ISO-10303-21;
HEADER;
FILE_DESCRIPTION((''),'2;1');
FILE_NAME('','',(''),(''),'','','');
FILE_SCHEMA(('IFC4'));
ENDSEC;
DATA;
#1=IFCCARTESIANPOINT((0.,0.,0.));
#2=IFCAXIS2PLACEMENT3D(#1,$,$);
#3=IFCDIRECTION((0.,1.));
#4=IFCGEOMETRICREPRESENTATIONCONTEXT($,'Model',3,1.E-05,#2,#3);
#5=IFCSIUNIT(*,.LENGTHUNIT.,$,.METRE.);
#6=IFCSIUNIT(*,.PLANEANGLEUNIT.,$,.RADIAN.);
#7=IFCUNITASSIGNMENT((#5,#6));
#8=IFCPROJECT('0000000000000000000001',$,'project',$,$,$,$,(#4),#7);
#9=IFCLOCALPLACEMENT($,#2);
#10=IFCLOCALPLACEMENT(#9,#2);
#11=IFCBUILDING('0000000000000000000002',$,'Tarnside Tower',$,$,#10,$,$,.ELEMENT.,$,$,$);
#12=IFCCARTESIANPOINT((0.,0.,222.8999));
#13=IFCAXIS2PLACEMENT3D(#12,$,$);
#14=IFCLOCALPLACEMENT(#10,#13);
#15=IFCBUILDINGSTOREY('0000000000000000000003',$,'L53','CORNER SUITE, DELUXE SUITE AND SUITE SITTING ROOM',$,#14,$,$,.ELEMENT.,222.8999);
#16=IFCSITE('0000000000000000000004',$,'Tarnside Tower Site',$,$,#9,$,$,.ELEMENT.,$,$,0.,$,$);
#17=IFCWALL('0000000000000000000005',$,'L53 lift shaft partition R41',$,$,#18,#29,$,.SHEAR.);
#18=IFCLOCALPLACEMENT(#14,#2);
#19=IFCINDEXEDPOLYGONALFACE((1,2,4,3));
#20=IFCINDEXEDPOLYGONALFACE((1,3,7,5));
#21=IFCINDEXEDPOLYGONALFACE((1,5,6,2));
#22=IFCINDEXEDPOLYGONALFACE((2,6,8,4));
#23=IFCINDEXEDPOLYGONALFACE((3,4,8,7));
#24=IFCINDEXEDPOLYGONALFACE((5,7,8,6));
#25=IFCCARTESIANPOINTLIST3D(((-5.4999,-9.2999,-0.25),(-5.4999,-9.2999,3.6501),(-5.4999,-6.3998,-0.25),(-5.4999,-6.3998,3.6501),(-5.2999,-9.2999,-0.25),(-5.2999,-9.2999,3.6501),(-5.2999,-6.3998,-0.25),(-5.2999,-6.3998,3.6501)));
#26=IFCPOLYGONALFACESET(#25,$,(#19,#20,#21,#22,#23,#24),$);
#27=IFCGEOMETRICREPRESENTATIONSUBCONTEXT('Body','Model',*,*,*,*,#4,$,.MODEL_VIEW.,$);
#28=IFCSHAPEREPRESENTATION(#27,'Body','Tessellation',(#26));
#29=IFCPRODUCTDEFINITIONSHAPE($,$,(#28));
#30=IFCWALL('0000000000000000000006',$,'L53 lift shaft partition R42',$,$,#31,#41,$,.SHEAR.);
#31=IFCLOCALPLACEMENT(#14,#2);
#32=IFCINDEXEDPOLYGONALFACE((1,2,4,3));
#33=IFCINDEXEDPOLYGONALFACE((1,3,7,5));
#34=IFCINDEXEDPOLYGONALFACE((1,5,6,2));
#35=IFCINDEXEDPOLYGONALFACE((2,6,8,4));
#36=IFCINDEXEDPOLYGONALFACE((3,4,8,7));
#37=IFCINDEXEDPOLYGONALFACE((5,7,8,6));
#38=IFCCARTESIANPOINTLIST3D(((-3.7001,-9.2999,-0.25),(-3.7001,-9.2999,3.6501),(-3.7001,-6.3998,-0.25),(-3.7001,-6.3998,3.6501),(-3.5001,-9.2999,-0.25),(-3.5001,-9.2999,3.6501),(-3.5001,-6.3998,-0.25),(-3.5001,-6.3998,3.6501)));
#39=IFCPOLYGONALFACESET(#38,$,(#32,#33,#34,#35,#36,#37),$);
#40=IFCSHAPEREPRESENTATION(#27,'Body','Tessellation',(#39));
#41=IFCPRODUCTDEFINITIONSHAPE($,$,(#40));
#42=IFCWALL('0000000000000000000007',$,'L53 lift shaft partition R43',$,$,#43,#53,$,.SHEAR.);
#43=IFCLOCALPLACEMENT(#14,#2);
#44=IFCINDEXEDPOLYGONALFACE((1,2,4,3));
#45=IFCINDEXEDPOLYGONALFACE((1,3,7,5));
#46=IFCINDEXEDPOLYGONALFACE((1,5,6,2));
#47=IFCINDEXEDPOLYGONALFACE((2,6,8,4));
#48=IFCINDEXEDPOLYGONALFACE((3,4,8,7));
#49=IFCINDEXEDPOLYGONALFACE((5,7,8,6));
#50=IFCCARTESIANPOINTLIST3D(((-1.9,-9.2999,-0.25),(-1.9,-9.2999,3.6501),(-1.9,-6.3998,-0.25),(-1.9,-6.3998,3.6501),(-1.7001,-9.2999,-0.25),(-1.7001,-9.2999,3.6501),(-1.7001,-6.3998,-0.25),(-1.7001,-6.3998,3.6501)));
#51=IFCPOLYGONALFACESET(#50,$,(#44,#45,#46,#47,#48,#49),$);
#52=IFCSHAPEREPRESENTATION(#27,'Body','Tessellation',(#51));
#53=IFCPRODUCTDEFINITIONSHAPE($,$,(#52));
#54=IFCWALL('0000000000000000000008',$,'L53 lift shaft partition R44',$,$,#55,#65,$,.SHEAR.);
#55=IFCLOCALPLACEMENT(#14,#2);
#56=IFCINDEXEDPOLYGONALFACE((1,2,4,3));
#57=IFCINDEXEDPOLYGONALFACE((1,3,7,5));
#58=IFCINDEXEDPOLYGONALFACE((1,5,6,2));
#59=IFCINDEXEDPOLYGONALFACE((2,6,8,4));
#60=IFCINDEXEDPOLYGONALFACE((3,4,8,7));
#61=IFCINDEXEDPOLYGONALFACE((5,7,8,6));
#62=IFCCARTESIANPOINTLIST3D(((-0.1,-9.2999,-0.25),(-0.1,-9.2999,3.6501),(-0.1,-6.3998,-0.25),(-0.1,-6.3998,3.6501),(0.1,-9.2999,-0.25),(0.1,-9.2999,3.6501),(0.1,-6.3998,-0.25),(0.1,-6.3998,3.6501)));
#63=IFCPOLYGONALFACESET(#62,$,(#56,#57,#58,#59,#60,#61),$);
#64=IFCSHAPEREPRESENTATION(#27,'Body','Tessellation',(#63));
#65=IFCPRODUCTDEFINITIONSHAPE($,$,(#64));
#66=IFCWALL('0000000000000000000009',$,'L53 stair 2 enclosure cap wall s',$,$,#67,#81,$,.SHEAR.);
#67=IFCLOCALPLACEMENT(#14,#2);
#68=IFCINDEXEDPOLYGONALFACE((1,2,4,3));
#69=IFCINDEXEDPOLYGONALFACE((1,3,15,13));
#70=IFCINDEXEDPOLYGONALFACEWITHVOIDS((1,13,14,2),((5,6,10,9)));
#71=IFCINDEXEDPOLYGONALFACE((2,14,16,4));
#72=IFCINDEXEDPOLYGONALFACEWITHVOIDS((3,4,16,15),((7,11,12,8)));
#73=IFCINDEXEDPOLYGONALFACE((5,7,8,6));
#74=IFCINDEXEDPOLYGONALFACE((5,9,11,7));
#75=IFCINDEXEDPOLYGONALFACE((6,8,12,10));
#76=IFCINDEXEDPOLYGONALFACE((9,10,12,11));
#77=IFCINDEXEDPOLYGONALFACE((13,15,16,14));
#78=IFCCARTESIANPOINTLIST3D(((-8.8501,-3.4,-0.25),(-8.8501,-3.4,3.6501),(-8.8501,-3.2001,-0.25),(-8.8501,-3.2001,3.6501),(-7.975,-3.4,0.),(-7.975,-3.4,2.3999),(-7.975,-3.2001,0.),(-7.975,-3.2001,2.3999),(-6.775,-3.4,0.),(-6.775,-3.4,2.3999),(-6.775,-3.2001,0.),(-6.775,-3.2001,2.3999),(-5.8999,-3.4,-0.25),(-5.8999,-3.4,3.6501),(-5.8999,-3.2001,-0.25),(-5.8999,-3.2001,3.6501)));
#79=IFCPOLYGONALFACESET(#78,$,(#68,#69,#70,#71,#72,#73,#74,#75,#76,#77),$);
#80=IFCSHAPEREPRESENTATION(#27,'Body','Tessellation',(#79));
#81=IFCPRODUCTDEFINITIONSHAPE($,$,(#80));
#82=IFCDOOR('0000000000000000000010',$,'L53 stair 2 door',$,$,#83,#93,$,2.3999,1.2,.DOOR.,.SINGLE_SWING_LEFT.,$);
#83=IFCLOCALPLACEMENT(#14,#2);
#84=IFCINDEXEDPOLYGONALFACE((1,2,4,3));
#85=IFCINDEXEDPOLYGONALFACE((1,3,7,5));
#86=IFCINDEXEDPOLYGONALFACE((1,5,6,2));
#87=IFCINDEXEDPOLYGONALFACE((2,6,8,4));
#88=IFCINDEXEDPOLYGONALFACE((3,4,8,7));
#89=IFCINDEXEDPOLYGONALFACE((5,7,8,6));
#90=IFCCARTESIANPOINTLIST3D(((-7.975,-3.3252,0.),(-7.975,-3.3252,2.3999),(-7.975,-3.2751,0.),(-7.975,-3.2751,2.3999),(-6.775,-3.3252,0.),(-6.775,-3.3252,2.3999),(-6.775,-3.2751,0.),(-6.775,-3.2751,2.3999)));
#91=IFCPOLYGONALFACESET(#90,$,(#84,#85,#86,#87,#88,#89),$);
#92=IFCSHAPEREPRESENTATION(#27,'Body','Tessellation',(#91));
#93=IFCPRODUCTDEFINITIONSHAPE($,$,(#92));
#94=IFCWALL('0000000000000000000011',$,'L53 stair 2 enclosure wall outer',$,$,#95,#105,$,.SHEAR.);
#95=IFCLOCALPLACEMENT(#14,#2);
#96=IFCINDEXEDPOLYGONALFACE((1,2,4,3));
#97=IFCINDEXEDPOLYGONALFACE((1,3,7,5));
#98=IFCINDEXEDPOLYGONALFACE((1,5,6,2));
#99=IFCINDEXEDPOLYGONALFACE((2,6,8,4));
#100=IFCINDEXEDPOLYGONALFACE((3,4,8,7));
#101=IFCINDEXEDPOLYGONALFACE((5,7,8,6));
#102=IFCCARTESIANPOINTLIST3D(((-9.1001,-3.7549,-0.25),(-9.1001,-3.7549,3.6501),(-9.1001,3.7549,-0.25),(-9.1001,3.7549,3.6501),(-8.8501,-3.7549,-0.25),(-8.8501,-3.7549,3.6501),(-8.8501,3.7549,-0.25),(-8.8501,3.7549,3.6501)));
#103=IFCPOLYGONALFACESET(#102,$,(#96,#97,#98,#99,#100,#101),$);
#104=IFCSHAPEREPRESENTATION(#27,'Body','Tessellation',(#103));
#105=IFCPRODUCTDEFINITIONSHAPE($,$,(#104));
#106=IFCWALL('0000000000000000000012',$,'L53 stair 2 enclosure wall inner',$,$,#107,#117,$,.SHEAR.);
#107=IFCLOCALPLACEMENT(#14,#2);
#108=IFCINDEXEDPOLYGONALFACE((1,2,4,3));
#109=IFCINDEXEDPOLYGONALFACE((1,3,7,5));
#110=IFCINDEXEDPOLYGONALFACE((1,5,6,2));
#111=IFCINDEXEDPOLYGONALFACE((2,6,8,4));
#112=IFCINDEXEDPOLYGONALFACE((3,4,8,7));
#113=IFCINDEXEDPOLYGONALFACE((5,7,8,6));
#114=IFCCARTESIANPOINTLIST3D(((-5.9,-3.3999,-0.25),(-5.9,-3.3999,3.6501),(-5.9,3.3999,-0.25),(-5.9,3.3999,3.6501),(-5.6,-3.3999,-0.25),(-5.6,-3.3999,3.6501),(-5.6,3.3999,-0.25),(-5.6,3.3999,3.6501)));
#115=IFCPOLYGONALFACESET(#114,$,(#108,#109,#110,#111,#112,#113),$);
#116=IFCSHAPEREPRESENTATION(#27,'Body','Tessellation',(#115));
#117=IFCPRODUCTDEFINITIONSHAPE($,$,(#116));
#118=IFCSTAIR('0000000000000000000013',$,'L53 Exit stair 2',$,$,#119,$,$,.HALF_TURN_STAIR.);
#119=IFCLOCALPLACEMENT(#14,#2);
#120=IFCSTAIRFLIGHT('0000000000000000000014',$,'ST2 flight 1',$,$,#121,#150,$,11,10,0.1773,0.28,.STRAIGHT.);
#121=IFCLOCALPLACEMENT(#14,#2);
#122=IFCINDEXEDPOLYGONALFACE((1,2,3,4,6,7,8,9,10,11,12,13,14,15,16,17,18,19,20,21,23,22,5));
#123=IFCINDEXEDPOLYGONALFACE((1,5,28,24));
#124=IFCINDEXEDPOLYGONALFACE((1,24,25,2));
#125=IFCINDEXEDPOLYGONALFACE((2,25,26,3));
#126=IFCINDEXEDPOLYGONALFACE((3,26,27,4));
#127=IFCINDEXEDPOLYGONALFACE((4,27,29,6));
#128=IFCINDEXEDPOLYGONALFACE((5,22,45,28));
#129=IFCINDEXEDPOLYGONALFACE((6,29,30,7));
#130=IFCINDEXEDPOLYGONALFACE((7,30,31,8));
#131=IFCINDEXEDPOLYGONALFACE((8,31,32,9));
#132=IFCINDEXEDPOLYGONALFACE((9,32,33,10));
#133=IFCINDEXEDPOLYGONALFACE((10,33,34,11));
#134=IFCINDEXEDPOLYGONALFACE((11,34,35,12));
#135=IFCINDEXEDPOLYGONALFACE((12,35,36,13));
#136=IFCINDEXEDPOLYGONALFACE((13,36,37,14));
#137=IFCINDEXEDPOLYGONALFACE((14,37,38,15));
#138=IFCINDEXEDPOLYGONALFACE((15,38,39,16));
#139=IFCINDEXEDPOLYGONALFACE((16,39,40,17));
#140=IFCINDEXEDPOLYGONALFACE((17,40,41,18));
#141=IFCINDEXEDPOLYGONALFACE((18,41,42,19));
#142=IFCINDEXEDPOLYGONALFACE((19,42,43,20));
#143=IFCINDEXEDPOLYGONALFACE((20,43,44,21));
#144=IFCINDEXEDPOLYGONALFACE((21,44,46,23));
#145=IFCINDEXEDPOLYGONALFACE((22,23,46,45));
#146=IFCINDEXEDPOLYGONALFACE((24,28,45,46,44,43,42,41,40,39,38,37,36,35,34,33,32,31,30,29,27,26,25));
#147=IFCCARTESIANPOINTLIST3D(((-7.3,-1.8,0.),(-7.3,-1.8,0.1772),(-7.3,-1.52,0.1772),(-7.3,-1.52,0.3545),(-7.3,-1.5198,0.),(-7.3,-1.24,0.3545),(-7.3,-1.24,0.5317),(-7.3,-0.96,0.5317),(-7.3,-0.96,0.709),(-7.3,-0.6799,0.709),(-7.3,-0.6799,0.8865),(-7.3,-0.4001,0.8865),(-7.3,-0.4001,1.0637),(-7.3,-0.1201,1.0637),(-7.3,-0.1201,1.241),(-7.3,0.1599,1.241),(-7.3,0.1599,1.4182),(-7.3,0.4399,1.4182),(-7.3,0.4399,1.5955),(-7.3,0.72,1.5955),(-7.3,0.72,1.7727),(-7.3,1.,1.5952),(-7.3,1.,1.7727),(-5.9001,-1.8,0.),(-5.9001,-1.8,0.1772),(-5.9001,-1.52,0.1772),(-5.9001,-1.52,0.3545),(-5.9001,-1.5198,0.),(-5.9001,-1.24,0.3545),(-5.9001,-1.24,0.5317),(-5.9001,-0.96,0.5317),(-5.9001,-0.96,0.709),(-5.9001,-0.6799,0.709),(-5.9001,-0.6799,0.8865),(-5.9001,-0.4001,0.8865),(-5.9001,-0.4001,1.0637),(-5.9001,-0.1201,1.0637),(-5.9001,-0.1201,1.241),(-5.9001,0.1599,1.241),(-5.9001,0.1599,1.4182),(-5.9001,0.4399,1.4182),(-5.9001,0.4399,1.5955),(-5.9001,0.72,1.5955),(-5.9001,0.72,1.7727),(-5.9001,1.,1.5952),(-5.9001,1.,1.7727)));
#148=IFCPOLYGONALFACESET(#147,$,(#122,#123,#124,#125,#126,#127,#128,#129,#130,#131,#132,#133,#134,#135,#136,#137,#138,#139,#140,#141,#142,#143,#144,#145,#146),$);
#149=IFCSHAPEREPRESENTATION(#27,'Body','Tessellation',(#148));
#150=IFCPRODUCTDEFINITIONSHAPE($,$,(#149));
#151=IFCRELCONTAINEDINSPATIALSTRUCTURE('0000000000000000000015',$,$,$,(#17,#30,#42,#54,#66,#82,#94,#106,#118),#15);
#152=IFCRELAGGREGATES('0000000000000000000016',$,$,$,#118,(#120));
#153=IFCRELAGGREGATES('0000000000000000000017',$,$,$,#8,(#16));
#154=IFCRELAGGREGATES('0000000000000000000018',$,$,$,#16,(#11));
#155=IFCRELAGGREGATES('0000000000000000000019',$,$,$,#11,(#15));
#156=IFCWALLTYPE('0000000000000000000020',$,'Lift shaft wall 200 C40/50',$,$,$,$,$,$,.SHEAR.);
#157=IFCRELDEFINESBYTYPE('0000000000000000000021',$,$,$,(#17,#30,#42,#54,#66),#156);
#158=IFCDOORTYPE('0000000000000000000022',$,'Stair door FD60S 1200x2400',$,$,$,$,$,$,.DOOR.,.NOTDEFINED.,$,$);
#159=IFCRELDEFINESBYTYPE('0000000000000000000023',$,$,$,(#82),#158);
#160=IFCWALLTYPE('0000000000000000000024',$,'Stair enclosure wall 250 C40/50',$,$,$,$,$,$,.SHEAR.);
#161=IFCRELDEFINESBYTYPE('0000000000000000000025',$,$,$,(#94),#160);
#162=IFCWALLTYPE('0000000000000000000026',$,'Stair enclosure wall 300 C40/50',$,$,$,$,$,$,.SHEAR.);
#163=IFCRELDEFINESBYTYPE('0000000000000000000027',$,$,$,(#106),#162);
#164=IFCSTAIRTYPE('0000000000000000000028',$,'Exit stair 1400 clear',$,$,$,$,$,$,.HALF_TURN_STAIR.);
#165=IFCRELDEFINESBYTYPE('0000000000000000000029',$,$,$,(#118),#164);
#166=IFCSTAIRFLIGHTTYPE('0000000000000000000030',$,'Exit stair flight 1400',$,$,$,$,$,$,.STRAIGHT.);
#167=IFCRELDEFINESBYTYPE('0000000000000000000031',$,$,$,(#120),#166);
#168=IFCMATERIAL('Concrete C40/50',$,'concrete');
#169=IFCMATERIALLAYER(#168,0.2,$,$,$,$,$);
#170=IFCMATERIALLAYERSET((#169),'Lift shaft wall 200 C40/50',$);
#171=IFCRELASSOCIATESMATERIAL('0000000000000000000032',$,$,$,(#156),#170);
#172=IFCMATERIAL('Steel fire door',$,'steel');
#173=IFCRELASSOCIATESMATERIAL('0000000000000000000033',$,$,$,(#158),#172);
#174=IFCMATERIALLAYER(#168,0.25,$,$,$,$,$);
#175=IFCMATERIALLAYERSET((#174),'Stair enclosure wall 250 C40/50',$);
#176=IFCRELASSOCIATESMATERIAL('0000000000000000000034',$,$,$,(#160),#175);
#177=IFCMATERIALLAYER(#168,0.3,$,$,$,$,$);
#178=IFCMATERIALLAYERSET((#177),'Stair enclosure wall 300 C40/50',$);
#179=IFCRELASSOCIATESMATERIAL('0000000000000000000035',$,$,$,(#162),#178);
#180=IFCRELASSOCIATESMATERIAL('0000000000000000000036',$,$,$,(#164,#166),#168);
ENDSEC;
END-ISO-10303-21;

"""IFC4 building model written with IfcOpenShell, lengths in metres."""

from ifc_helpers import new_model, si_unit, direction, frame, frame_2d, origin, place, context, subcontext, project, spatial, polyline, rectangle, outline, extrude, material, layer, layer_set, type_object, element, fill, aggregate, save


model = new_model("IFC4")

# Units and contexts
model_context = context("Model", 3, precision=1e-05, world=origin(), true_north=direction((0.0, 1.0)))
body_context = subcontext(model_context, "Body", "Model", "MODEL_VIEW")
ifc_project = project(units=[si_unit("LENGTHUNIT", "METRE"), si_unit("PLANEANGLEUNIT", "RADIAN")], contexts=[model_context])

# Site, building, storey
site_placement = place(None, origin())
site = spatial("IfcSite", under=ifc_project, at=site_placement, Name="Tarnside Tower Site", CompositionType="ELEMENT", RefElevation=0.0)
building_placement = place(site_placement, origin())
building = spatial("IfcBuilding", under=site, at=building_placement, Name="Tarnside Tower", CompositionType="ELEMENT")
storey_placement = place(building_placement, frame((0.0, 0.0, 222.8999)))
storey = spatial("IfcBuildingStorey", under=building, at=storey_placement, Name="L53", Description="CORNER SUITE, DELUXE SUITE AND SUITE SITTING ROOM", CompositionType="ELEMENT", Elevation=222.8999)

# Shared definitions
ifc_material_1 = material(Name="Steel fire door", Category="steel")

# Shared definitions
ifc_material_2 = material(Name="Concrete C40/50", Category="concrete")
ifc_layer_1 = layer(ifc_material_2, 0.2)
ifc_layer_set_1 = layer_set([ifc_layer_1], Name="Lift shaft wall 200 C40/50")
wall_type_1 = type_object("IfcWallType", Name="Lift shaft wall 200 C40/50", PredefinedType="SHEAR", material=ifc_layer_set_1)

# Walls
for number, where, z_axis, x_axis, name in (
    (1, (-5.3999, -9.3, -0.25), (0.0, 0.0, 1.0), (0.0, 1.0, 0.0), "L53 lift shaft partition R41"),
    (2, (-3.6001, -9.3, -0.25), (0.0, 0.0, 1.0), (0.0, 1.0, 0.0), "L53 lift shaft partition R42"),
    (3, (-1.8, -9.3, -0.25), (0.0, 0.0, 1.0), (0.0, 1.0, 0.0), "L53 lift shaft partition R43"),
    (4, (0.0, -9.3, -0.25), (0.0, 0.0, 1.0), (0.0, 1.0, 0.0), "L53 lift shaft partition R44"),
):
    element("IfcWall", number, at=place(storey_placement, frame(where, z_axis=z_axis, x_axis=x_axis)), inside=storey, type_object=wall_type_1, Name=name, PredefinedType="SHEAR", context=body_context, shape_type="SweptSolid", body=[
        extrude(rectangle(XDim=2.9001, YDim=0.2, at=frame_2d((1.4502, 0.0))), origin(), (0.0, 0.0, 1.0), 3.9001),
    ])

# Wall, opening, door
wall_1_placement = place(storey_placement, frame((-8.8501, -3.3, -0.25), z_axis=(0.0, 0.0, 1.0), x_axis=(1.0, 0.0, 0.0)))
wall_1 = element("IfcWall", 5, at=wall_1_placement, inside=storey, type_object=wall_type_1, Name="L53 stair 2 enclosure cap wall s", PredefinedType="SHEAR", context=body_context, shape_type="SweptSolid", body=[
    extrude(rectangle(XDim=2.9502, YDim=0.2, at=frame_2d((1.4751, 0.0))), origin(), (0.0, 0.0, 1.0), 3.9001),
])
opening_1_placement = place(wall_1_placement, frame((0.875, 0.0, 0.25)))
opening_1 = element("IfcOpeningElement", 6, at=opening_1_placement, cuts=wall_1, PredefinedType="OPENING", context=body_context, shape_type="SweptSolid", body=[
    extrude(rectangle(XDim=1.2, YDim=2.3999, at=frame_2d((0.6001, 1.2))), frame((0.0, 0.1099, 0.0), z_axis=(0.0, -1.0, 0.0), x_axis=(1.0, 0.0, 0.0)), (0.0, 0.0, 1.0), 0.22),
])
door_type_1 = type_object("IfcDoorType", Name="Stair door FD60S 1200x2400", OperationType="NOTDEFINED", PredefinedType="DOOR", material=ifc_material_1)
door_1_placement = place(opening_1_placement, origin())
door_1 = element("IfcDoor", 7, at=door_1_placement, inside=storey, type_object=door_type_1, Name="L53 stair 2 door", OperationType="SINGLE_SWING_LEFT", OverallHeight=2.3999, OverallWidth=1.2, PredefinedType="DOOR", context=body_context, shape_type="SweptSolid", body=[
    extrude(rectangle(XDim=1.2, YDim=2.3999, at=frame_2d((0.6001, 1.2))), frame((0.0, 0.0249, 0.0), z_axis=(0.0, -1.0, 0.0), x_axis=(1.0, 0.0, 0.0)), (0.0, 0.0, 1.0), 0.05),
])
fill(opening_1, door_1)

# Walls
ifc_layer_2 = layer(ifc_material_2, 0.25)
ifc_layer_set_2 = layer_set([ifc_layer_2], Name="Stair enclosure wall 250 C40/50")
wall_type_2 = type_object("IfcWallType", Name="Stair enclosure wall 250 C40/50", PredefinedType="SHEAR", material=ifc_layer_set_2)
wall_2_placement = place(storey_placement, frame((-8.9751, -3.7549, -0.25), z_axis=(0.0, 0.0, 1.0), x_axis=(0.0, 1.0, 0.0)))
element("IfcWall", 8, at=wall_2_placement, inside=storey, type_object=wall_type_2, Name="L53 stair 2 enclosure wall outer", PredefinedType="SHEAR", context=body_context, shape_type="SweptSolid", body=[
    extrude(rectangle(XDim=7.5098, YDim=0.25, at=frame_2d((3.7549, 0.0))), origin(), (0.0, 0.0, 1.0), 3.9001),
])
ifc_layer_3 = layer(ifc_material_2, 0.3)
ifc_layer_set_3 = layer_set([ifc_layer_3], Name="Stair enclosure wall 300 C40/50")
wall_type_3 = type_object("IfcWallType", Name="Stair enclosure wall 300 C40/50", PredefinedType="SHEAR", material=ifc_layer_set_3)
wall_3_placement = place(storey_placement, frame((-5.75, -3.3999, -0.25), z_axis=(0.0, 0.0, 1.0), x_axis=(0.0, 1.0, 0.0)))
element("IfcWall", 9, at=wall_3_placement, inside=storey, type_object=wall_type_3, Name="L53 stair 2 enclosure wall inner", PredefinedType="SHEAR", context=body_context, shape_type="SweptSolid", body=[
    extrude(rectangle(XDim=6.7998, YDim=0.3, at=frame_2d((3.3999, 0.0))), origin(), (0.0, 0.0, 1.0), 3.9001),
])

# Stair, stair flight
stair_type = type_object("IfcStairType", Name="Exit stair 1400 clear", PredefinedType="HALF_TURN_STAIR", material=ifc_material_2)
stair_placement = place(storey_placement, origin())
stair = element("IfcStair", 10, at=stair_placement, inside=storey, type_object=stair_type, Name="L53 Exit stair 2", PredefinedType="HALF_TURN_STAIR")
stair_flight_type = type_object("IfcStairFlightType", Name="Exit stair flight 1400", PredefinedType="STRAIGHT", material=ifc_material_2)
stair_flight_placement = place(storey_placement, frame((-6.6001, -1.8, 0.0), z_axis=(0.0, 0.0, 1.0), x_axis=(0.0, 1.0, 0.0)))
stair_flight = element("IfcStairFlight", 11, at=stair_flight_placement, type_object=stair_flight_type, Name="ST2 flight 1", NumberOfRisers=11, NumberOfTreads=10, PredefinedType="STRAIGHT", RiserHeight=0.1773, TreadLength=0.28, context=body_context, shape_type="SweptSolid", body=[
    extrude(outline(polyline([(0.0, 0.0), (0.0, 0.1772), (0.28, 0.1772), (0.28, 0.3545), (0.5601, 0.3545), (0.5601, 0.5317), (0.8401, 0.5317), (0.8401, 0.709), (1.1201, 0.709), (1.1201, 0.8865), (1.3999, 0.8865), (1.3999, 1.0637), (1.6799, 1.0637), (1.6799, 1.241), (1.96, 1.241), (1.96, 1.4182), (2.24, 1.4182), (2.24, 1.5955), (2.52, 1.5955), (2.52, 1.7727), (2.8, 1.7727), (2.8, 1.95), (2.8, 1.5952), (0.2803, 0.0), (0.0, 0.0)])), frame((0.0, 0.7, 0.0), z_axis=(0.0, -1.0, 0.0), x_axis=(1.0, 0.0, 0.0)), (0.0, 0.0, 1.0), 1.3999),
])
aggregate(stair, [stair_flight])

save(model, "model.ifc")
